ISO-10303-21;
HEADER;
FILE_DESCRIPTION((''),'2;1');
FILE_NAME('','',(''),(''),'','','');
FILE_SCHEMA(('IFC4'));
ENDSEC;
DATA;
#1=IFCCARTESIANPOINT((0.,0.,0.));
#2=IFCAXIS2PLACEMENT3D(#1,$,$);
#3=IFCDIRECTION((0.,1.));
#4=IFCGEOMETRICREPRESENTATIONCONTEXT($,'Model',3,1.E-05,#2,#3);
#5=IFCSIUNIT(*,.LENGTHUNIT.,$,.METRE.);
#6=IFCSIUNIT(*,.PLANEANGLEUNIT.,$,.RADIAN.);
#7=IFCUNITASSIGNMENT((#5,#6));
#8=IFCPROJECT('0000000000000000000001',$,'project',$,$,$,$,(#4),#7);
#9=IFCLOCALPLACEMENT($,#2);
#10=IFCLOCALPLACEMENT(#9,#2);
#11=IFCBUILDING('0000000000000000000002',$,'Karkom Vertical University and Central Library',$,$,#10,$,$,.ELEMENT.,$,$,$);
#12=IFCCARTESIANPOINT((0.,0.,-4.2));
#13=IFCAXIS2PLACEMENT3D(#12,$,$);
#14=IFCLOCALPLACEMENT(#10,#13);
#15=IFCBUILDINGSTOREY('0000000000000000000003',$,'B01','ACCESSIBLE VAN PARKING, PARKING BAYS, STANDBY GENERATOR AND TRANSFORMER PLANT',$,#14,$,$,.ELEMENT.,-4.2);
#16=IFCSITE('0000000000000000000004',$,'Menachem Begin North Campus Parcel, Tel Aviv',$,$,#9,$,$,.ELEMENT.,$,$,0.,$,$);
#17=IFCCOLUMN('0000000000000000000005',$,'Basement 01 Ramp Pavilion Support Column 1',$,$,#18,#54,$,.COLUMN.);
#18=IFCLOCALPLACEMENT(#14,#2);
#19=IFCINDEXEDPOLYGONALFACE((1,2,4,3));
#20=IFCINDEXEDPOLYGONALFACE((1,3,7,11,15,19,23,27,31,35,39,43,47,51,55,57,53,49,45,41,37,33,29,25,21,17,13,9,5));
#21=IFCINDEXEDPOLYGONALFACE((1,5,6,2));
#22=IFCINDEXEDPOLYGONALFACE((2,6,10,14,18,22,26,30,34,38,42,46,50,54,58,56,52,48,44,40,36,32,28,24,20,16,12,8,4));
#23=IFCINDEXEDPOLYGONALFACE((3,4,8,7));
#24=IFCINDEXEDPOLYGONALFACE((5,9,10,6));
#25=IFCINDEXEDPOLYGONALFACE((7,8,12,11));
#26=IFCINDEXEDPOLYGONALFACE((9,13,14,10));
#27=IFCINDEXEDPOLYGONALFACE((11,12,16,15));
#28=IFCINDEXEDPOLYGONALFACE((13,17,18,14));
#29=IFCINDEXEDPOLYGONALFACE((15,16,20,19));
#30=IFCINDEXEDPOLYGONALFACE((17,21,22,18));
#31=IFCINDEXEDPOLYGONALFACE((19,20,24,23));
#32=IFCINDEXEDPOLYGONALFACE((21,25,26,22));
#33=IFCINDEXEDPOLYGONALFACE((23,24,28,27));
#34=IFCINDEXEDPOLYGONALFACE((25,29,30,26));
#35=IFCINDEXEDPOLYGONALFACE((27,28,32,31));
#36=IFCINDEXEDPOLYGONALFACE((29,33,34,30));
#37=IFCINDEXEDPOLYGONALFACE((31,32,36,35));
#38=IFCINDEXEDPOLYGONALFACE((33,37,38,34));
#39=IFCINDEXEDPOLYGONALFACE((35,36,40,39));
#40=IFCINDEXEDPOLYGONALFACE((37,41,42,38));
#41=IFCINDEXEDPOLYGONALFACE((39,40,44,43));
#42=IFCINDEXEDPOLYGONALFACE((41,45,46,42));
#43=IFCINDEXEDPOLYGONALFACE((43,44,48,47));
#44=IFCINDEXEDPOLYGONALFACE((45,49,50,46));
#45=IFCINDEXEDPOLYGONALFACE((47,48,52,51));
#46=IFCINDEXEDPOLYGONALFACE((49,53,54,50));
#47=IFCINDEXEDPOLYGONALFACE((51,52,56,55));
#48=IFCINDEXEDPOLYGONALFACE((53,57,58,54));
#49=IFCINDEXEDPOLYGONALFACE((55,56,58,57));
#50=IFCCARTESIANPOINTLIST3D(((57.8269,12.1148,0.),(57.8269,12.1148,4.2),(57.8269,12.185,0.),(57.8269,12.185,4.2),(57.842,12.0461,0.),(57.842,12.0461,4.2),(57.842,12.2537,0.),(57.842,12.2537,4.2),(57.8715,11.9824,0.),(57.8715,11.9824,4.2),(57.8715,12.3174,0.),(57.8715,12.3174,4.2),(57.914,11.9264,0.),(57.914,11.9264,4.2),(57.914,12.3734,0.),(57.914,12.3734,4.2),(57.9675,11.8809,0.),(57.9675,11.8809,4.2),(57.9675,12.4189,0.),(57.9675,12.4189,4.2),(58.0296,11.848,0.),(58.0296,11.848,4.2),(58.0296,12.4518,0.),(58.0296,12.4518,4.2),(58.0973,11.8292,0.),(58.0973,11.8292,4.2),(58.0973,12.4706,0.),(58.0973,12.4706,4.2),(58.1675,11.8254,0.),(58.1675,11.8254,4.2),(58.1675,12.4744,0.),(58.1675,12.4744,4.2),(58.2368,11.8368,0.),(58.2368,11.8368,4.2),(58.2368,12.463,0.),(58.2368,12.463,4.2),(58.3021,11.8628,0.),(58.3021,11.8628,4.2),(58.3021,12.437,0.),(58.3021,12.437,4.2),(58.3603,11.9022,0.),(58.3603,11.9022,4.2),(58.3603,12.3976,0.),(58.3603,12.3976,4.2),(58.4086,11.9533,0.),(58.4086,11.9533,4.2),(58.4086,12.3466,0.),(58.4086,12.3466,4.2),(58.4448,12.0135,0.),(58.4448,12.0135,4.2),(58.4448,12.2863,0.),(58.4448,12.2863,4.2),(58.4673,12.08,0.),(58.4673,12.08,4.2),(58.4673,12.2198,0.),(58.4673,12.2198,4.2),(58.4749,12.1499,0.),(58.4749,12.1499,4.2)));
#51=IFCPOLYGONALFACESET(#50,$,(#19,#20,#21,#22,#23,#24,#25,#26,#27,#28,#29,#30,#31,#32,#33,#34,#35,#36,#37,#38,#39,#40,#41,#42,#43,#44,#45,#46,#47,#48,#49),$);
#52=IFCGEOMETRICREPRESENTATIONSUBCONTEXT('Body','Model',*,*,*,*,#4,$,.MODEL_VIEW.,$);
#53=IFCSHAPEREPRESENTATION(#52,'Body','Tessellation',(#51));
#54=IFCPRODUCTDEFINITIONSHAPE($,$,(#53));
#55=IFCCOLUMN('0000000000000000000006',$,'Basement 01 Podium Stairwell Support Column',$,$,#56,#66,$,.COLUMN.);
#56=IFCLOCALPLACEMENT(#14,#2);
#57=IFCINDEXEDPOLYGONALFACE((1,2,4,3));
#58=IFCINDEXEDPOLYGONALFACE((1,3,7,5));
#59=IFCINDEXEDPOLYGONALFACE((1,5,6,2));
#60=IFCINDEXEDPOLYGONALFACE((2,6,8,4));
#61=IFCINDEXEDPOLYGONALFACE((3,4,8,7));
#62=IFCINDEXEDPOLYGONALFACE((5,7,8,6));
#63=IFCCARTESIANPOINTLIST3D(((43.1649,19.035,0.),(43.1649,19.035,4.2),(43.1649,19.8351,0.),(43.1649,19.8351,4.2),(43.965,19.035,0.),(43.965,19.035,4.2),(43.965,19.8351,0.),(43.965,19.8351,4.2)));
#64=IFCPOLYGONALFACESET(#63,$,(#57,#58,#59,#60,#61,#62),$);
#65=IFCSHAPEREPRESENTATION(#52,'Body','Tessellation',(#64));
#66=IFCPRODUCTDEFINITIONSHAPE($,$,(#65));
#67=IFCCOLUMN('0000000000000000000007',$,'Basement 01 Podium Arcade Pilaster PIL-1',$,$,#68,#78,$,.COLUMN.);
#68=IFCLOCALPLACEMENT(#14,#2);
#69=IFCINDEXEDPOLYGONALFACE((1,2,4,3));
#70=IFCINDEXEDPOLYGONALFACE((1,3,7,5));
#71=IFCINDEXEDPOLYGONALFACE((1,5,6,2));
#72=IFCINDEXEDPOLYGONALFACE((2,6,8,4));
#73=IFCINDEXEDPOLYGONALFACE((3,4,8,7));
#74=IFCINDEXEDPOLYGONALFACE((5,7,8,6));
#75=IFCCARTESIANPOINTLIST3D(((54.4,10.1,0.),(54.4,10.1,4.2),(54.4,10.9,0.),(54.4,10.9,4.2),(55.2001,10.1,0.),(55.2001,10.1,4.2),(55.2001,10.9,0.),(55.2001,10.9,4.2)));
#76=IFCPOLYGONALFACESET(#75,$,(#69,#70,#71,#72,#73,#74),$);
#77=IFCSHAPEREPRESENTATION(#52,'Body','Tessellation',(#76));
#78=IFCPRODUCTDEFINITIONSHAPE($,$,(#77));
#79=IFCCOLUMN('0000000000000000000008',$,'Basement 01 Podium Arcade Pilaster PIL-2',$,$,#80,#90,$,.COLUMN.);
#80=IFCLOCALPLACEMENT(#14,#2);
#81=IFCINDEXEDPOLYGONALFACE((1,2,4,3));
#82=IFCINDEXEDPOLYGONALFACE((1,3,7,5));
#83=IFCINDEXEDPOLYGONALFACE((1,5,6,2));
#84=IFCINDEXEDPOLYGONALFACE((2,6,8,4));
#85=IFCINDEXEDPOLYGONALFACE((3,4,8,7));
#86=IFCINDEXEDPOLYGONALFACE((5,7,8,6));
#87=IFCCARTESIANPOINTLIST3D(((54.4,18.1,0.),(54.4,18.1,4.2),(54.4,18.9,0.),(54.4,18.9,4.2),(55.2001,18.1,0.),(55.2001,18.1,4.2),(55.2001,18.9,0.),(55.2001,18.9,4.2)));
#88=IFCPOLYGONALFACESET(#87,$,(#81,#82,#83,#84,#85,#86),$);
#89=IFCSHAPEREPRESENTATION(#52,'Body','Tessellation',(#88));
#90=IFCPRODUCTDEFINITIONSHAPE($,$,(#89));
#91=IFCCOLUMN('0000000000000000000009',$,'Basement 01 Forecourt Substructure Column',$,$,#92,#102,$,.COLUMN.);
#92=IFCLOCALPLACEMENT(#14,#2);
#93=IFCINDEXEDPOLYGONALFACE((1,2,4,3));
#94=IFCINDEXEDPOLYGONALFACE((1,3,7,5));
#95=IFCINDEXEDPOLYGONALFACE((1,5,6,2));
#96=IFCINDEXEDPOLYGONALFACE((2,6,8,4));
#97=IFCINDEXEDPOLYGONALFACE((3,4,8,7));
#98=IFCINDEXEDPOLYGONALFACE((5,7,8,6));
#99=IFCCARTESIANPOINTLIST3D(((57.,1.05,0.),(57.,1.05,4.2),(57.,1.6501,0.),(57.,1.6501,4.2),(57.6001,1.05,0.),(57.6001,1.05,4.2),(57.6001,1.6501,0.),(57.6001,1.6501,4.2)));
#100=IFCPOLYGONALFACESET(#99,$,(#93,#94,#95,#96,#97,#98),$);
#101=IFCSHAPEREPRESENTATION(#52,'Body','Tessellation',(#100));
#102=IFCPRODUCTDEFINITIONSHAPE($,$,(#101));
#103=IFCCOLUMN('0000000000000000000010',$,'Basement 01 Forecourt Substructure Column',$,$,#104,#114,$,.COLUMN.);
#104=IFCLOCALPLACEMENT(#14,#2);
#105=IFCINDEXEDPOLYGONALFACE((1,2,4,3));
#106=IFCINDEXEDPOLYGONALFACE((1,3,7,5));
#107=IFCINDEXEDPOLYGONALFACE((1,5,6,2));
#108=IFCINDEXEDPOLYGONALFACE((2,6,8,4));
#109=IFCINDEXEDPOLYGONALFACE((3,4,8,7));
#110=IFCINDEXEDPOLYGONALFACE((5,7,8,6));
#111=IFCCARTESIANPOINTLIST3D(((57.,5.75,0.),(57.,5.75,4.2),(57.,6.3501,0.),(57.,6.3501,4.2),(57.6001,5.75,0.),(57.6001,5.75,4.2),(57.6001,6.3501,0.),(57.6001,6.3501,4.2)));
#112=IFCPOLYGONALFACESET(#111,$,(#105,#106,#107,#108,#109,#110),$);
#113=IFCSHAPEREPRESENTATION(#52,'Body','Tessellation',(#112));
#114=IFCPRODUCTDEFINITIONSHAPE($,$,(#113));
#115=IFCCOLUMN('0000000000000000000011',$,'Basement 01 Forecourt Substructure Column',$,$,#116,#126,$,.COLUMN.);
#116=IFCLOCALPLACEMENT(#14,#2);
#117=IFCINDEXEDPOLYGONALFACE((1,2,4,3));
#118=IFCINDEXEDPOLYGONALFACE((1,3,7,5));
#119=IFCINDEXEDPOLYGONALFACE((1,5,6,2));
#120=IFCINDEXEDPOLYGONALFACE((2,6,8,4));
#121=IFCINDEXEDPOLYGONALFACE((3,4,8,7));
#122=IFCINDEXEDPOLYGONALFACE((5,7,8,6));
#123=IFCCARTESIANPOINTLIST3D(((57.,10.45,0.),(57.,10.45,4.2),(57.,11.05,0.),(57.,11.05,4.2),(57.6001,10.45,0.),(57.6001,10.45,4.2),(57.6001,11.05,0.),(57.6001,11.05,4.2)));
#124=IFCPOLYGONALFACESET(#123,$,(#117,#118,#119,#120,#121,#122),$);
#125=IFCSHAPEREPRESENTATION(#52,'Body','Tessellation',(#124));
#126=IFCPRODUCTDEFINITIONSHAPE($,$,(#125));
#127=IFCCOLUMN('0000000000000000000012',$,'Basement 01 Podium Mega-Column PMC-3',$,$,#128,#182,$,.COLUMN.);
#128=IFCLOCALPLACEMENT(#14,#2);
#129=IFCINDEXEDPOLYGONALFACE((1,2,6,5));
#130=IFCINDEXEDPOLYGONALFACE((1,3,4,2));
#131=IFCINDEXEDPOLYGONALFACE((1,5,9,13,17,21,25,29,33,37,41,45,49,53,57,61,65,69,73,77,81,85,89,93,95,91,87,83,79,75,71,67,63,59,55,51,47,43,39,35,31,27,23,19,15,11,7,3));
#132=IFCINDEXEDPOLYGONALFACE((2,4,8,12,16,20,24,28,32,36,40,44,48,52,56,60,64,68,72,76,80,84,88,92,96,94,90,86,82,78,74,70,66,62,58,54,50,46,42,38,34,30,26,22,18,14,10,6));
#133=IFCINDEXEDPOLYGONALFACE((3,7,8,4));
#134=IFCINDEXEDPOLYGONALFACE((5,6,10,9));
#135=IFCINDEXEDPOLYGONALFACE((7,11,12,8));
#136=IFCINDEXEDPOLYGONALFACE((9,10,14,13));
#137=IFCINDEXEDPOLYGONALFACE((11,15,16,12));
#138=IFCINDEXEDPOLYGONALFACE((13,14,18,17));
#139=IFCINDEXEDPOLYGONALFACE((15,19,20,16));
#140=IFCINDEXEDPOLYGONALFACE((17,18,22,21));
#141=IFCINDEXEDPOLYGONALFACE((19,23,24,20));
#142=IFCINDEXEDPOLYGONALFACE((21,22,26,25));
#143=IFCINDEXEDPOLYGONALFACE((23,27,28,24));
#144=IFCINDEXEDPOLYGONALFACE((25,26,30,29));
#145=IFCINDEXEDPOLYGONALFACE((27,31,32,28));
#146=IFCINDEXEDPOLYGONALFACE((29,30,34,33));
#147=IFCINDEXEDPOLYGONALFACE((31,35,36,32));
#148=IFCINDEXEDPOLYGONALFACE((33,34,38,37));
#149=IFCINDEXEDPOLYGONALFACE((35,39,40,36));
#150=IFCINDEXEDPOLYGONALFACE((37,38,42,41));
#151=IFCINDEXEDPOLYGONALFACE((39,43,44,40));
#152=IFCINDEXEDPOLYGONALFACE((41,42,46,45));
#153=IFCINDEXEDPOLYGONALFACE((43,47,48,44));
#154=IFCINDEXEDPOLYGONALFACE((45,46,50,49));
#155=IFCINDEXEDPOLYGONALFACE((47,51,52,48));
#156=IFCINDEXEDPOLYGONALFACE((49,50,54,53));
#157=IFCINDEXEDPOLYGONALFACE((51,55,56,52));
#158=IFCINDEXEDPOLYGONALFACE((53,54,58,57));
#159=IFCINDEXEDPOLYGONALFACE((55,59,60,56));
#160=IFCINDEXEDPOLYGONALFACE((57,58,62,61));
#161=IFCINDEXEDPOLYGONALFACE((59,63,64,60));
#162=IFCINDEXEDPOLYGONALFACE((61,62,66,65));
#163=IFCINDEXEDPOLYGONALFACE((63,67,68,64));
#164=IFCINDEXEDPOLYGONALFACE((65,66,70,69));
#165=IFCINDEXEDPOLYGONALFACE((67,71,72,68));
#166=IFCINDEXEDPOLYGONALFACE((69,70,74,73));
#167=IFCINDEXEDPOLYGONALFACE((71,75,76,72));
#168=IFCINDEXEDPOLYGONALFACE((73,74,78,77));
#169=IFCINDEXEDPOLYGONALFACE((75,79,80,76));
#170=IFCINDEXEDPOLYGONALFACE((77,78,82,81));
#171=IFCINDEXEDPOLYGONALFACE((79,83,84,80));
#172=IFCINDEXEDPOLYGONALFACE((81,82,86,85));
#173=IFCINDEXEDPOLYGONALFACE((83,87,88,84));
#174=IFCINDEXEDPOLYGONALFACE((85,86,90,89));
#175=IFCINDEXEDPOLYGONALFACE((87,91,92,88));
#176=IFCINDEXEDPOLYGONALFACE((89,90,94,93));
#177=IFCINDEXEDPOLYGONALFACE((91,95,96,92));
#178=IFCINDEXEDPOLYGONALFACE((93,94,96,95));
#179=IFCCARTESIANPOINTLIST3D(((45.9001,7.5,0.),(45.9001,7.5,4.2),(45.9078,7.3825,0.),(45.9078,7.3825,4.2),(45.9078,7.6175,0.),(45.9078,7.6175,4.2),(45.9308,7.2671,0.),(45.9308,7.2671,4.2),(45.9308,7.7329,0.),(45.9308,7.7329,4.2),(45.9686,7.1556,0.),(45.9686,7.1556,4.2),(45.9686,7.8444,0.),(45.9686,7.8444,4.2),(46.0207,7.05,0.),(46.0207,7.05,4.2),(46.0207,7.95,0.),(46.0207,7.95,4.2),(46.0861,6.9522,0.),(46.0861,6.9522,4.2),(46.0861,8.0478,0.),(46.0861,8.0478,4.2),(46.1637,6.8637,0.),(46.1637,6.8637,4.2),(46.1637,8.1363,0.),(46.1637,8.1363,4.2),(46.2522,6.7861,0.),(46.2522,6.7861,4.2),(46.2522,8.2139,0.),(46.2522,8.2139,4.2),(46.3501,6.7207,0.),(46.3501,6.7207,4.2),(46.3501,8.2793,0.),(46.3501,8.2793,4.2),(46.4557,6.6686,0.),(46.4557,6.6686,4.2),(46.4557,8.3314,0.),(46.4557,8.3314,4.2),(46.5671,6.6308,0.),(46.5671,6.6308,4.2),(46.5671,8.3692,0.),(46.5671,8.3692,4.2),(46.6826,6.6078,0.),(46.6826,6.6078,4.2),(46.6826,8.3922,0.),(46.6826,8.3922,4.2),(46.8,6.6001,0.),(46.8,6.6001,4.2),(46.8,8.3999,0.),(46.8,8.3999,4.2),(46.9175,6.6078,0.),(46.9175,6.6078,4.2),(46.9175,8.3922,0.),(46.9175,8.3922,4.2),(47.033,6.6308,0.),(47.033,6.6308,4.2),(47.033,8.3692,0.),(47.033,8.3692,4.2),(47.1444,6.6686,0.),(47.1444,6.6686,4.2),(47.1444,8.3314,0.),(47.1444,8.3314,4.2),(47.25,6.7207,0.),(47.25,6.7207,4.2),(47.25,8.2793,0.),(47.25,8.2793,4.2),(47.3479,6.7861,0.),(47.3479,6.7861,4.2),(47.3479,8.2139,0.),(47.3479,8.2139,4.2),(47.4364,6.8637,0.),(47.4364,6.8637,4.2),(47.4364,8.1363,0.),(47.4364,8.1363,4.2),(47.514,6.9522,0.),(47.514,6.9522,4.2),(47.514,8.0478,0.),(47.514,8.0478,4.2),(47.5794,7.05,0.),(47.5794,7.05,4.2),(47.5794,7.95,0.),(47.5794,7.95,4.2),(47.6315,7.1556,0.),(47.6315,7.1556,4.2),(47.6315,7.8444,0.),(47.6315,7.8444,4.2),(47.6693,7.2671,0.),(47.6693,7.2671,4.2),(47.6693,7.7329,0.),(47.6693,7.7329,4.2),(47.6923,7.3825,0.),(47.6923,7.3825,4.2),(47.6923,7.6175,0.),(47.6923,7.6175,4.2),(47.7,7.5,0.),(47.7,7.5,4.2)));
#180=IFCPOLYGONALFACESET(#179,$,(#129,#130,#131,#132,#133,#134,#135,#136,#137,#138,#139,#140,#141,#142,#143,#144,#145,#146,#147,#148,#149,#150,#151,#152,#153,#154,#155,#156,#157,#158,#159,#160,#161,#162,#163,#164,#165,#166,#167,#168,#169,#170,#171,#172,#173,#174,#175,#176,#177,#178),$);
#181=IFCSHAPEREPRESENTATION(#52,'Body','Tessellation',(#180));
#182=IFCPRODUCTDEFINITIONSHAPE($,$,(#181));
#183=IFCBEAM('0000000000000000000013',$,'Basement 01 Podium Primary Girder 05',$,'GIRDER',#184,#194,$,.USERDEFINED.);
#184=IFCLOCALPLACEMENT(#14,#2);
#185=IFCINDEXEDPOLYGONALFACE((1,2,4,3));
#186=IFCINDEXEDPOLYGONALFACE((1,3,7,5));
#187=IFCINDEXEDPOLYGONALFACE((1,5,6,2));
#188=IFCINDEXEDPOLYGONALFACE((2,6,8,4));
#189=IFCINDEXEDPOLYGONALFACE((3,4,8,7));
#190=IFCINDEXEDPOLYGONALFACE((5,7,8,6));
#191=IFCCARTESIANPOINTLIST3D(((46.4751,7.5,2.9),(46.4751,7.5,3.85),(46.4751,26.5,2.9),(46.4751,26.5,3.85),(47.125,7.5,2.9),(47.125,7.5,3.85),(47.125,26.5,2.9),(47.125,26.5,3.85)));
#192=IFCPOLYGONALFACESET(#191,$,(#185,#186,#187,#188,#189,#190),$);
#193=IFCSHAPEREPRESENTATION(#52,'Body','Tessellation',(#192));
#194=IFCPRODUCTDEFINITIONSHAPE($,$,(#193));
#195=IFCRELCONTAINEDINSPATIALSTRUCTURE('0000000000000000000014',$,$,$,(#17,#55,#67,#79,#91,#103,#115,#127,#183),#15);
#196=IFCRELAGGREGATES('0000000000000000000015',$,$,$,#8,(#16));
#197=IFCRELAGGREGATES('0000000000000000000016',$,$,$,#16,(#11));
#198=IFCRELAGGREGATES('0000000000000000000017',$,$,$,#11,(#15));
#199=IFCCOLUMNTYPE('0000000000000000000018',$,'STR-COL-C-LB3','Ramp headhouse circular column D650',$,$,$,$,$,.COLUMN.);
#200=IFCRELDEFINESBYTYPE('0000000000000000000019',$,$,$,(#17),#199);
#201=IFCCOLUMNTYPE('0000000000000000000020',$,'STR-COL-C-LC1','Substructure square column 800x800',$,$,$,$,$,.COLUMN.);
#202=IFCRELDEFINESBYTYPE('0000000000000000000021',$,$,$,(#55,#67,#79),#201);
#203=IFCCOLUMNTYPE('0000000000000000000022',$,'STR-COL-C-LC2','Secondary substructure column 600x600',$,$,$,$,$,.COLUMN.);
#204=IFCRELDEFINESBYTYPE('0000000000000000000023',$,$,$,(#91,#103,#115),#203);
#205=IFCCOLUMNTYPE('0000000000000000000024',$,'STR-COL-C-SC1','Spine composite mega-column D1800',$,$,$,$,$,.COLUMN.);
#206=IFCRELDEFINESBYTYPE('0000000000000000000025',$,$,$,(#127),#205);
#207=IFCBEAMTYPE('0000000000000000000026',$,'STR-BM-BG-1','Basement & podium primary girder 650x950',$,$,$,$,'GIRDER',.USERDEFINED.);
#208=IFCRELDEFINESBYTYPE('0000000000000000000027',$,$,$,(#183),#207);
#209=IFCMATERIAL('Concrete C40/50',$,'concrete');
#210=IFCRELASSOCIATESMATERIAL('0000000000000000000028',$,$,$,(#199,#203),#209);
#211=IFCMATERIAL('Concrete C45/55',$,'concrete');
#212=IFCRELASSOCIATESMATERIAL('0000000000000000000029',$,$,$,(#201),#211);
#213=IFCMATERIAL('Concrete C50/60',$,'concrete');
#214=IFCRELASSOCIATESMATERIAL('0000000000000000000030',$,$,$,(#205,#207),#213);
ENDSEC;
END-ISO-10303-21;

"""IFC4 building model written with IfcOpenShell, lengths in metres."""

from ifc_helpers import new_model, si_unit, direction, frame, origin, origin_with_axes, origin_2d, place, context, subcontext, project, spatial, rectangle, circle, extrude, source, transform, mapped, material, material_profile, profile_set, type_object, element, save


model = new_model("IFC4")

# Units and contexts
model_context = context("Model", 3, precision=1e-05, world=origin(), true_north=direction((0.0, 1.0)))
body_context = subcontext(model_context, "Body", "Model", "MODEL_VIEW")
ifc_project = project(units=[si_unit("LENGTHUNIT", "METRE"), si_unit("PLANEANGLEUNIT", "RADIAN")], contexts=[model_context])

# Site, building, storey
site_placement = place(None, origin())
site = spatial("IfcSite", under=ifc_project, at=site_placement, Name="Menachem Begin North Campus Parcel, Tel Aviv", CompositionType="ELEMENT", RefElevation=0.0)
building_placement = place(site_placement, origin())
building = spatial("IfcBuilding", under=site, at=building_placement, Name="Karkom Vertical University and Central Library", CompositionType="ELEMENT")
storey_placement = place(building_placement, frame((0.0, 0.0, -4.2)))
storey = spatial("IfcBuildingStorey", under=building, at=storey_placement, Name="B01", Description="ACCESSIBLE VAN PARKING, PARKING BAYS, STANDBY GENERATOR AND TRANSFORMER PLANT", CompositionType="ELEMENT", Elevation=-4.2)

# Columns
ifc_material_1 = material(Name="Concrete C40/50", Category="concrete")
ifc_material_profile_1 = material_profile(ifc_material_1, circle(Radius=0.325, at=origin_2d()), Name="RC-D650")
ifc_profile_set_1 = profile_set([ifc_material_profile_1], Name="Concrete C40/50")
column_type_1 = type_object("IfcColumnType", Name="STR-COL-C-LB3", Description="Ramp headhouse circular column D650", PredefinedType="COLUMN", material=ifc_profile_set_1)
shared_shape_1 = source(origin_with_axes(), body_context, "Body", "SweptSolid", [
    extrude(circle(Radius=0.325, at=origin_2d()), origin(), (0.0, 0.0, 1.0), 4.2),
])
column_1_placement = place(storey_placement, frame((58.1499, 12.1499, 0.0), z_axis=(0.0, 0.0, 1.0), x_axis=(1.0, 0.0, 0.0)))
element("IfcColumn", 1, at=column_1_placement, inside=storey, type_object=column_type_1, Name="Basement 01 Ramp Pavilion Support Column 1", PredefinedType="COLUMN", context=body_context, shape_type="MappedRepresentation", body=[
    mapped(shared_shape_1, transform((0.0, 0.0, 0.0), scale=1.0)),
])
ifc_material_2 = material(Name="Concrete C45/55", Category="concrete")
ifc_material_profile_2 = material_profile(ifc_material_2, rectangle(XDim=0.8, YDim=0.8, at=origin_2d()), Name="RC-800x800")
ifc_profile_set_2 = profile_set([ifc_material_profile_2], Name="Concrete C45/55")
column_type_2 = type_object("IfcColumnType", Name="STR-COL-C-LC1", Description="Substructure square column 800x800", PredefinedType="COLUMN", material=ifc_profile_set_2)
shared_shape_2 = source(origin_with_axes(), body_context, "Body", "SweptSolid", [
    extrude(rectangle(XDim=0.8, YDim=0.8, at=origin_2d()), origin(), (0.0, 0.0, 1.0), 4.2),
])
for number, where, z_axis, x_axis, name in (
    (2, (43.5649, 19.4351, 0.0), (0.0, 0.0, 1.0), (1.0, 0.0, 0.0), "Basement 01 Podium Stairwell Support Column"),
    (3, (54.8, 10.5, 0.0), (0.0, 0.0, 1.0), (1.0, 0.0, 0.0), "Basement 01 Podium Arcade Pilaster PIL-1"),
    (4, (54.8, 18.5, 0.0), (0.0, 0.0, 1.0), (1.0, 0.0, 0.0), "Basement 01 Podium Arcade Pilaster PIL-2"),
):
    element("IfcColumn", number, at=place(storey_placement, frame(where, z_axis=z_axis, x_axis=x_axis)), inside=storey, type_object=column_type_2, Name=name, PredefinedType="COLUMN", context=body_context, shape_type="MappedRepresentation", body=[
        mapped(shared_shape_2, transform((0.0, 0.0, 0.0), scale=1.0)),
    ])
ifc_material_profile_3 = material_profile(ifc_material_1, rectangle(XDim=0.6001, YDim=0.6001, at=origin_2d()), Name="RC-600x600")
ifc_profile_set_3 = profile_set([ifc_material_profile_3], Name="Concrete C40/50")
column_type_3 = type_object("IfcColumnType", Name="STR-COL-C-LC2", Description="Secondary substructure column 600x600", PredefinedType="COLUMN", material=ifc_profile_set_3)
shared_shape_3 = source(origin_with_axes(), body_context, "Body", "SweptSolid", [
    extrude(rectangle(XDim=0.6001, YDim=0.6001, at=origin_2d()), origin(), (0.0, 0.0, 1.0), 4.2),
])
for number, where, z_axis, x_axis, name in (
    (5, (57.3, 1.3501, 0.0), (0.0, 0.0, 1.0), (1.0, 0.0, 0.0), "Basement 01 Forecourt Substructure Column"),
    (6, (57.3, 6.05, 0.0), (0.0, 0.0, 1.0), (1.0, 0.0, 0.0), "Basement 01 Forecourt Substructure Column"),
    (7, (57.3, 10.75, 0.0), (0.0, 0.0, 1.0), (1.0, 0.0, 0.0), "Basement 01 Forecourt Substructure Column"),
):
    element("IfcColumn", number, at=place(storey_placement, frame(where, z_axis=z_axis, x_axis=x_axis)), inside=storey, type_object=column_type_3, Name=name, PredefinedType="COLUMN", context=body_context, shape_type="MappedRepresentation", body=[
        mapped(shared_shape_3, transform((0.0, 0.0, 0.0), scale=1.0)),
    ])
ifc_material_3 = material(Name="Concrete C50/60", Category="concrete")
ifc_material_profile_4 = material_profile(ifc_material_3, circle(Radius=0.8999, at=origin_2d()), Name="CFT-D1800")
ifc_profile_set_4 = profile_set([ifc_material_profile_4], Name="Concrete C50/60")
column_type_4 = type_object("IfcColumnType", Name="STR-COL-C-SC1", Description="Spine composite mega-column D1800", PredefinedType="COLUMN", material=ifc_profile_set_4)
shared_shape_4 = source(origin_with_axes(), body_context, "Body", "SweptSolid", [
    extrude(circle(Radius=0.8999, at=origin_2d()), origin(), (0.0, 0.0, 1.0), 4.2),
])
column_2_placement = place(storey_placement, frame((46.8, 7.5, 0.0), z_axis=(0.0, 0.0, 1.0), x_axis=(1.0, 0.0, 0.0)))
element("IfcColumn", 8, at=column_2_placement, inside=storey, type_object=column_type_4, Name="Basement 01 Podium Mega-Column PMC-3", PredefinedType="COLUMN", context=body_context, shape_type="MappedRepresentation", body=[
    mapped(shared_shape_4, transform((0.0, 0.0, 0.0), scale=1.0)),
])

# Beam
ifc_material_profile_5 = material_profile(ifc_material_3, rectangle(XDim=0.6499, YDim=0.95, at=origin_2d()), Name="RCG-650x950")
ifc_profile_set_5 = profile_set([ifc_material_profile_5], Name="Concrete C50/60")
beam_type_1 = type_object("IfcBeamType", Name="STR-BM-BG-1", Description="Basement & podium primary girder 650x950", ElementType="GIRDER", PredefinedType="USERDEFINED", material=ifc_profile_set_5)
shared_shape_5 = source(origin_with_axes(), body_context, "Body", "SweptSolid", [
    extrude(rectangle(XDim=0.6499, YDim=0.95, at=origin_2d()), origin(), (0.0, 0.0, 1.0), 19.0),
])
beam_1_placement = place(storey_placement, frame((46.8, 7.5, 3.375), z_axis=(0.0, 1.0, 0.0), x_axis=(-1.0, 0.0, 0.0)))
element("IfcBeam", 9, at=beam_1_placement, inside=storey, type_object=beam_type_1, Name="Basement 01 Podium Primary Girder 05", ObjectType="GIRDER", PredefinedType="USERDEFINED", context=body_context, shape_type="MappedRepresentation", body=[
    mapped(shared_shape_5, transform((0.0, 0.0, 0.0), scale=1.0)),
])

save(model, "model.ifc")
